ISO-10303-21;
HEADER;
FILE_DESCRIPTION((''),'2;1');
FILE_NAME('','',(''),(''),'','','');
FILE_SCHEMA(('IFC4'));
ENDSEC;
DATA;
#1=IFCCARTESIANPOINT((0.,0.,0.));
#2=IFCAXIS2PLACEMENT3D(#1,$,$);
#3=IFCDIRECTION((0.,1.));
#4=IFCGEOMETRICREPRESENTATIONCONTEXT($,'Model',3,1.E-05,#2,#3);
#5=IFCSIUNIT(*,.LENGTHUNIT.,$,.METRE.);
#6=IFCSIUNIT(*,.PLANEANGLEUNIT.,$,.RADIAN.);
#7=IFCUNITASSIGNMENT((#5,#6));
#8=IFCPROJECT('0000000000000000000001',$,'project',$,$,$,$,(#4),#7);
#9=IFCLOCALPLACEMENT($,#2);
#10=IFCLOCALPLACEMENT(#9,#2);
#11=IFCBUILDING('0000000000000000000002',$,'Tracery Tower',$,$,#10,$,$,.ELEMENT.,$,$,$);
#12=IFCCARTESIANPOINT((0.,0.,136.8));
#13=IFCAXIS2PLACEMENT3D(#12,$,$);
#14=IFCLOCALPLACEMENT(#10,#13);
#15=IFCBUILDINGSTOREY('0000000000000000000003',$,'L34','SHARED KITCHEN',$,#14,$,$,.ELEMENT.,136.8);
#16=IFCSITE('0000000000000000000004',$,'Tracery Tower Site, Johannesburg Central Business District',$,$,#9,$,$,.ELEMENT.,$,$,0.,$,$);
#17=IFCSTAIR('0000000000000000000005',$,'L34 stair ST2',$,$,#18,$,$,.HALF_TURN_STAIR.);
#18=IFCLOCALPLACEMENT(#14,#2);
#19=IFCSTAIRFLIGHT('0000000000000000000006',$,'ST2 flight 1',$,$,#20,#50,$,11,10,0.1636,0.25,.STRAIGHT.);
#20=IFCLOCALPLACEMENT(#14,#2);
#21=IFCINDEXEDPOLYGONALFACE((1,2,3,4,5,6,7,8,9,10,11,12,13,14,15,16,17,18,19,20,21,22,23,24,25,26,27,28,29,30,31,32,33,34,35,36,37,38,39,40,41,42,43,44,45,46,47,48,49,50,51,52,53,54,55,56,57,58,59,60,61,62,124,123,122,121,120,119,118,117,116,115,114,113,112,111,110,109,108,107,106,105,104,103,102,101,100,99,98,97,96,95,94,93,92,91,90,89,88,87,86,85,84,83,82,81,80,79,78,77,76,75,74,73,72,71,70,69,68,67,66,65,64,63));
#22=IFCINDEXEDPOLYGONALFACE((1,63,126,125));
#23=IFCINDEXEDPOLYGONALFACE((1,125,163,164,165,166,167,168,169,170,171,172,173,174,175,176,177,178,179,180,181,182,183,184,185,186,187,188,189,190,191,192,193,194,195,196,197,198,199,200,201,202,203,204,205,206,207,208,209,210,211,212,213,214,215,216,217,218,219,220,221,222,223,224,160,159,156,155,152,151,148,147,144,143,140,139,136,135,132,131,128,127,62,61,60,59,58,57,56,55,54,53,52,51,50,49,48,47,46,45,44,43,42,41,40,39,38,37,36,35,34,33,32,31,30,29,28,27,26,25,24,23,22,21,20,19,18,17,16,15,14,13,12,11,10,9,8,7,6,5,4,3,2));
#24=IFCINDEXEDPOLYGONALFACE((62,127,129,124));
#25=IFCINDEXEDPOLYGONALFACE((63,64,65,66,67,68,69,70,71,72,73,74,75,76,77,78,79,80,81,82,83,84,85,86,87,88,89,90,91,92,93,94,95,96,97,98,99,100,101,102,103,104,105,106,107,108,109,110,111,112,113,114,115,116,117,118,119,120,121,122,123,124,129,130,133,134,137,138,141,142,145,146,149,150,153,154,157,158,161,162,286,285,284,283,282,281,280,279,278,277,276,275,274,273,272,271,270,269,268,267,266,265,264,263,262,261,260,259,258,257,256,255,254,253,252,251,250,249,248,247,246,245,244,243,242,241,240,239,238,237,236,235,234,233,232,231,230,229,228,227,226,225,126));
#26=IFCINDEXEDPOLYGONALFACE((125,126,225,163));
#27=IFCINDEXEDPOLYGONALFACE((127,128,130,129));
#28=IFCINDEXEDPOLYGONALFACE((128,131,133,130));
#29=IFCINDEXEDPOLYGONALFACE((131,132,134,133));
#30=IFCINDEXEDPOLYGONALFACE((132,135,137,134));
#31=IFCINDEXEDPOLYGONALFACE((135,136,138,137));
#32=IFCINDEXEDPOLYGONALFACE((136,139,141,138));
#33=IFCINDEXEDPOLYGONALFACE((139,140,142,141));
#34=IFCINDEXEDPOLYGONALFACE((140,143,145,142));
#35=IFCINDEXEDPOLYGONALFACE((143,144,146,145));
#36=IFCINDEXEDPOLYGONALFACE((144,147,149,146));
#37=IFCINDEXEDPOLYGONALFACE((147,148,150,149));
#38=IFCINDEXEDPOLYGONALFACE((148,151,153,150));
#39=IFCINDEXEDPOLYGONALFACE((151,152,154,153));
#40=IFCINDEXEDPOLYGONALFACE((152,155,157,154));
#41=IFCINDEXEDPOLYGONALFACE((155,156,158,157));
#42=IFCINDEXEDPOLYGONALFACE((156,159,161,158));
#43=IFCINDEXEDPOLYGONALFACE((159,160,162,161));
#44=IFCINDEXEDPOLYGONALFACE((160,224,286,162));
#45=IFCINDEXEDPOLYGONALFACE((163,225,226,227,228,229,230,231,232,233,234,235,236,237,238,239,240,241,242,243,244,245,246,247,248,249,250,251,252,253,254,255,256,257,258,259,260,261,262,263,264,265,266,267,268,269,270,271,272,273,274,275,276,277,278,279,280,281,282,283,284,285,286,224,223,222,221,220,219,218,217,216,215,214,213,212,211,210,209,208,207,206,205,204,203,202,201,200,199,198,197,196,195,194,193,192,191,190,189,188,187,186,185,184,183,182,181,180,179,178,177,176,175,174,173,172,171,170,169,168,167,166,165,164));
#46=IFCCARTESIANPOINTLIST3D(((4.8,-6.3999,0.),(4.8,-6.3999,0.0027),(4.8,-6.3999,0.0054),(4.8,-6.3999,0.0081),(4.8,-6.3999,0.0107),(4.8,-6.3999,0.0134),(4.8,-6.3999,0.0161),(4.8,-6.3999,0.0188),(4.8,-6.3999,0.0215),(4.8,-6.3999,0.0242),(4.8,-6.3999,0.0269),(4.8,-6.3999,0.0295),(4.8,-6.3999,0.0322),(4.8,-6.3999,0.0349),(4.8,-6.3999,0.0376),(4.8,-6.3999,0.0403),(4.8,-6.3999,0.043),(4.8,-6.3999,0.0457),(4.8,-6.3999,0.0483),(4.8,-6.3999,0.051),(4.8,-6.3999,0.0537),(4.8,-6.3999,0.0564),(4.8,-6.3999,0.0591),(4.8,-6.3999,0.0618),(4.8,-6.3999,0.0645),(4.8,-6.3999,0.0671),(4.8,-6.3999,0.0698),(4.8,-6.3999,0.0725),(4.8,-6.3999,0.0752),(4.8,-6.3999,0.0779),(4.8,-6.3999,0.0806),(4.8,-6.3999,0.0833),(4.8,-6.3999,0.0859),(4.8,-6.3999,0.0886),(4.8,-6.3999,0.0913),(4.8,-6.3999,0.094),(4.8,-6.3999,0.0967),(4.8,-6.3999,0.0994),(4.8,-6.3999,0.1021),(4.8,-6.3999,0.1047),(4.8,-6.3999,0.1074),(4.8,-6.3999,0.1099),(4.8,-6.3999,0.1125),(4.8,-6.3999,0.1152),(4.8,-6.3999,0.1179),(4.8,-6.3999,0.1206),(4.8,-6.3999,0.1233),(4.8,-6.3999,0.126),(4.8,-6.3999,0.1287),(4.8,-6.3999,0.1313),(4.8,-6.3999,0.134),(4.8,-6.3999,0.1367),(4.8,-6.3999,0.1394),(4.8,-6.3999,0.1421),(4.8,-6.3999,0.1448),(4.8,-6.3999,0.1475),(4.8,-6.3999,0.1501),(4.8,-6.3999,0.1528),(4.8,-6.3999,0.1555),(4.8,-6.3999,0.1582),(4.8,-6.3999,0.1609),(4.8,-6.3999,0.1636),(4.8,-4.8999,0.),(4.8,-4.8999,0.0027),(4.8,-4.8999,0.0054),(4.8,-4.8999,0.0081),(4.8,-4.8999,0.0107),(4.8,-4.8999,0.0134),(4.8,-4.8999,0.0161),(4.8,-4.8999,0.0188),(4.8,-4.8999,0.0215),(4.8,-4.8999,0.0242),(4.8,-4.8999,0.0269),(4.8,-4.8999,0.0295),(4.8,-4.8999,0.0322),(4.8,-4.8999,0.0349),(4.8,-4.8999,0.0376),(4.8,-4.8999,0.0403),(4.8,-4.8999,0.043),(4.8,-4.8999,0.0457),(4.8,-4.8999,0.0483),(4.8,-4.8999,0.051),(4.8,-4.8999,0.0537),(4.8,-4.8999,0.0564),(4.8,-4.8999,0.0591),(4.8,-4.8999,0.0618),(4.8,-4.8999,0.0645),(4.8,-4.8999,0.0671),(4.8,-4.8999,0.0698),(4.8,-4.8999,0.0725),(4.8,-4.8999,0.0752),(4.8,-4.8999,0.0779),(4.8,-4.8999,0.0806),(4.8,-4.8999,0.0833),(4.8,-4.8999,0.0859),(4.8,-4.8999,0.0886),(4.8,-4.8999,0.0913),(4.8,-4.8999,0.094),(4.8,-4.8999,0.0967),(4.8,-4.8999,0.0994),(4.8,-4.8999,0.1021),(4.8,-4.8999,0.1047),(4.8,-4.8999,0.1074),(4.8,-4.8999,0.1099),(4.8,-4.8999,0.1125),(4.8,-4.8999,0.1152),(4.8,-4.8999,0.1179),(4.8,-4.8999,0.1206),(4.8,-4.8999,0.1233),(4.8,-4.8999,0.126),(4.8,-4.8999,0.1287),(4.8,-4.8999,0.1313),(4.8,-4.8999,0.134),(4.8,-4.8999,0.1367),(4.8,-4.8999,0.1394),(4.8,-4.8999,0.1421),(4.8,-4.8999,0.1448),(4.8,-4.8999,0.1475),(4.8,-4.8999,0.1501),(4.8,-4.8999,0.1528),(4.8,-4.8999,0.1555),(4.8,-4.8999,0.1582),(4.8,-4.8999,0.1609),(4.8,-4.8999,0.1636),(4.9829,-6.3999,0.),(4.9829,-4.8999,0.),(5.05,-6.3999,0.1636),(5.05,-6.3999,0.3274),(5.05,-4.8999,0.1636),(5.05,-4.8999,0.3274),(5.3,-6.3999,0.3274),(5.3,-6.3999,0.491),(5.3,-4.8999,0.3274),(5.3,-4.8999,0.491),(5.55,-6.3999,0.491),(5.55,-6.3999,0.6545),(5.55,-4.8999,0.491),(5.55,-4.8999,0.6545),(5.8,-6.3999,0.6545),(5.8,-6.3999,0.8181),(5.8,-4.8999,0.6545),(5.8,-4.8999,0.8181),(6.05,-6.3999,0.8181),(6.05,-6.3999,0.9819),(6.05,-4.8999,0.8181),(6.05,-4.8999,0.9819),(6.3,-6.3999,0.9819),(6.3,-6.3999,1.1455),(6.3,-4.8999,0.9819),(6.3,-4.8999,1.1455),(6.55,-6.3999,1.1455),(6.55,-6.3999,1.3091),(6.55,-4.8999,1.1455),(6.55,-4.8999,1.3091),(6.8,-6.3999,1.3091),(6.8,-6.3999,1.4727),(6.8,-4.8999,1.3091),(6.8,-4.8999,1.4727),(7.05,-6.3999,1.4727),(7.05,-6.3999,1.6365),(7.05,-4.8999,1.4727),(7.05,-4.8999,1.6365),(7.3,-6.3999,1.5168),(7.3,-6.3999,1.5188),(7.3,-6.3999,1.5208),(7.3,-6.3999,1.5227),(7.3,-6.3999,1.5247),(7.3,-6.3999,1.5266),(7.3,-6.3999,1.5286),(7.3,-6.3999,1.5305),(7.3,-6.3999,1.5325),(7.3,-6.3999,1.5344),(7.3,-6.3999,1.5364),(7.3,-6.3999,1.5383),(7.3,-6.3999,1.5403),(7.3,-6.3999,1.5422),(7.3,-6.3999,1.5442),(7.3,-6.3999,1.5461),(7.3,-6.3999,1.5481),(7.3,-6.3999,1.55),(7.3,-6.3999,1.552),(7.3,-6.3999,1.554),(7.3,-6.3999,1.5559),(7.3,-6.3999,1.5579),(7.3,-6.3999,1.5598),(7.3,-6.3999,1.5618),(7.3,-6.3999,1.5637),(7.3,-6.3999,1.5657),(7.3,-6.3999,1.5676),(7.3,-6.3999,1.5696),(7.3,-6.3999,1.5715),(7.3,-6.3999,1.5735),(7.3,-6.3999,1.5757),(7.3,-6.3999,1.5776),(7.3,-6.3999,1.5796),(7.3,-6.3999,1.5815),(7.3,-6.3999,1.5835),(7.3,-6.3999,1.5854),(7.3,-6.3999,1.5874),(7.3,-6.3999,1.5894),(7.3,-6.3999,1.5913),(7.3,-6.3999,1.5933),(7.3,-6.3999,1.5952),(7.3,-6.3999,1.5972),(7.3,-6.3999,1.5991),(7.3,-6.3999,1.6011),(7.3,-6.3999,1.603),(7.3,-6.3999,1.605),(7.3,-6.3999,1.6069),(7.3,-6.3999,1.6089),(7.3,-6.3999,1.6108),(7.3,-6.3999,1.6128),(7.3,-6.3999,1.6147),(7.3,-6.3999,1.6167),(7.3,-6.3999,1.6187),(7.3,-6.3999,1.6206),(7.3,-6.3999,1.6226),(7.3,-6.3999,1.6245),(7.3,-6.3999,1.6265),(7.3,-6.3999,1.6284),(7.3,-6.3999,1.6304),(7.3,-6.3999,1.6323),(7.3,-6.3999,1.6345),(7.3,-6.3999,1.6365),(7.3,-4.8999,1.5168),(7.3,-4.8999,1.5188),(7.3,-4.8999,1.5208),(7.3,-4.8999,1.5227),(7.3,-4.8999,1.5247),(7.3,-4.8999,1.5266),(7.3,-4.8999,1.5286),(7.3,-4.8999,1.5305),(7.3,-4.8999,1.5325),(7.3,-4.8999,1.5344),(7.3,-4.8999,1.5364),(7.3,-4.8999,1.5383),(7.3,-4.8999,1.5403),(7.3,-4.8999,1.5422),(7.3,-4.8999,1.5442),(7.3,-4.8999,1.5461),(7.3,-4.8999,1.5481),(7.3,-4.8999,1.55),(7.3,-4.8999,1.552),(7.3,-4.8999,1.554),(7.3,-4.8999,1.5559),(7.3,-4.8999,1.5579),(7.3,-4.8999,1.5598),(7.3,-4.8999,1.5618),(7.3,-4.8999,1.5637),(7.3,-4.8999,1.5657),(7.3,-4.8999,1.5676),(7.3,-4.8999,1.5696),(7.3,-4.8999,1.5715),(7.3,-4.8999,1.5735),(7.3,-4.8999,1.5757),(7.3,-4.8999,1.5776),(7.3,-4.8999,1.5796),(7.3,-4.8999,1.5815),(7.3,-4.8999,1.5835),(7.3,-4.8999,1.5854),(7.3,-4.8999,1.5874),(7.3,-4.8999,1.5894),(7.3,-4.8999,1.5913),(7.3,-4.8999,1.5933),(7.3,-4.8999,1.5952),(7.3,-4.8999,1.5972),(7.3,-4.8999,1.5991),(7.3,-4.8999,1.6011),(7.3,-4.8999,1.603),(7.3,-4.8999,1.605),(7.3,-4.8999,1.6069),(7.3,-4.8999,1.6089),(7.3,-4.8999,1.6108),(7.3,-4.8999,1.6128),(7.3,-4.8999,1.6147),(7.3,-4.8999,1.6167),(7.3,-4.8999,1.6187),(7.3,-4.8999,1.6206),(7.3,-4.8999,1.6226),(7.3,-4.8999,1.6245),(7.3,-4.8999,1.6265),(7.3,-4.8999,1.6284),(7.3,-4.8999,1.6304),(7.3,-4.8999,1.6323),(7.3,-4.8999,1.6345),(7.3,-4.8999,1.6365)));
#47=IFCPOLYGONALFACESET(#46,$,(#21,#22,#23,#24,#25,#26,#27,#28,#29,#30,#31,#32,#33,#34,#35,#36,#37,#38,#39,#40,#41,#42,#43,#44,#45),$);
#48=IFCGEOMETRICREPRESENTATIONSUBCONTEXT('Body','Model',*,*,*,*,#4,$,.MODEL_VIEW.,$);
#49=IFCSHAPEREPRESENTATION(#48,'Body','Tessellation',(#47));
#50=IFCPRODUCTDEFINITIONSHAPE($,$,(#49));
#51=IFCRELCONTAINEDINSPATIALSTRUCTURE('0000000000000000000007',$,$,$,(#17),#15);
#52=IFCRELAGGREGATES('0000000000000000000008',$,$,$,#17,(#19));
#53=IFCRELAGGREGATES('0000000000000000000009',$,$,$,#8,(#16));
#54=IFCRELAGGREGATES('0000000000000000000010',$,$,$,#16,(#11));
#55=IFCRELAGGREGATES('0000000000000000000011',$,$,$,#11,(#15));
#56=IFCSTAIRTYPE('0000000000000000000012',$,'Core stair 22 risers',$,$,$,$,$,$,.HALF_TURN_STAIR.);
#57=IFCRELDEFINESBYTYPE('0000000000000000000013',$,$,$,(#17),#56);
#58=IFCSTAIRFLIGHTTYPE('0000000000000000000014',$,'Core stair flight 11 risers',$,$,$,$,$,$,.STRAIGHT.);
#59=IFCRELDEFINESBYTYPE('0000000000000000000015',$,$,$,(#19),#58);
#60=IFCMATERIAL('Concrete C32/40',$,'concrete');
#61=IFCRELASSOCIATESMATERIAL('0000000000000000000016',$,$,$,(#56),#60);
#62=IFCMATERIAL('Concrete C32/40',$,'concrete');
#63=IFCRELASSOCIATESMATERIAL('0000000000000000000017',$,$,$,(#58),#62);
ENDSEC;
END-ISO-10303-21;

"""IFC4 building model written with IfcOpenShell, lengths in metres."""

from ifc_helpers import new_model, si_unit, direction, frame, origin, place, context, subcontext, project, spatial, polyline, outline, extrude, material, type_object, element, aggregate, save


model = new_model("IFC4")

# Units and contexts
model_context = context("Model", 3, precision=1e-05, world=origin(), true_north=direction((0.0, 1.0)))
body_context = subcontext(model_context, "Body", "Model", "MODEL_VIEW")
ifc_project = project(units=[si_unit("LENGTHUNIT", "METRE"), si_unit("PLANEANGLEUNIT", "RADIAN")], contexts=[model_context])

# Site, building, storey
site_placement = place(None, origin())
site = spatial("IfcSite", under=ifc_project, at=site_placement, Name="Tracery Tower Site, Johannesburg Central Business District", CompositionType="ELEMENT", RefElevation=0.0)
building_placement = place(site_placement, origin())
building = spatial("IfcBuilding", under=site, at=building_placement, Name="Tracery Tower", CompositionType="ELEMENT")
storey_placement = place(building_placement, frame((0.0, 0.0, 136.8)))
storey = spatial("IfcBuildingStorey", under=building, at=storey_placement, Name="L34", Description="SHARED KITCHEN", CompositionType="ELEMENT", Elevation=136.8)

# Stair, stair flight
ifc_material_1 = material(Name="Concrete C32/40", Category="concrete")
stair_type = type_object("IfcStairType", Name="Core stair 22 risers", PredefinedType="HALF_TURN_STAIR", material=ifc_material_1)
stair_placement = place(storey_placement, origin())
stair = element("IfcStair", 1, at=stair_placement, inside=storey, type_object=stair_type, Name="L34 stair ST2", PredefinedType="HALF_TURN_STAIR")
ifc_material_2 = material(Name="Concrete C32/40", Category="concrete")
stair_flight_type = type_object("IfcStairFlightType", Name="Core stair flight 11 risers", PredefinedType="STRAIGHT", material=ifc_material_2)
stair_flight_1_placement = place(storey_placement, frame((4.8, -5.6499, 0.0), z_axis=(0.0, 0.0, 1.0), x_axis=(1.0, 0.0, 0.0)))
stair_flight_1 = element("IfcStairFlight", 2, at=stair_flight_1_placement, type_object=stair_flight_type, Name="ST2 flight 1", NumberOfRisers=11, NumberOfTreads=10, PredefinedType="STRAIGHT", RiserHeight=0.1636, TreadLength=0.25, context=body_context, shape_type="SweptSolid", body=[
    extrude(outline(polyline([(0.0, 0.0), (0.0, 0.0027), (0.0, 0.0054), (0.0, 0.0081), (0.0, 0.0107), (0.0, 0.0134), (0.0, 0.0161), (0.0, 0.0188), (0.0, 0.0215), (0.0, 0.0242), (0.0, 0.0269), (0.0, 0.0295), (0.0, 0.0322), (0.0, 0.0349), (0.0, 0.0376), (0.0, 0.0403), (0.0, 0.043), (0.0, 0.0457), (0.0, 0.0483), (0.0, 0.051), (0.0, 0.0537), (0.0, 0.0564), (0.0, 0.0591), (0.0, 0.0618), (0.0, 0.0645), (0.0, 0.0671), (0.0, 0.0698), (0.0, 0.0725), (0.0, 0.0752), (0.0, 0.0779), (0.0, 0.0806), (0.0, 0.0833), (0.0, 0.0859), (0.0, 0.0886), (0.0, 0.0913), (0.0, 0.094), (0.0, 0.0967), (0.0, 0.0994), (0.0, 0.1021), (0.0, 0.1047), (0.0, 0.1074), (0.0, 0.1099), (0.0, 0.1125), (0.0, 0.1152), (0.0, 0.1179), (0.0, 0.1206), (0.0, 0.1233), (0.0, 0.126), (0.0, 0.1287), (0.0, 0.1313), (0.0, 0.134), (0.0, 0.1367), (0.0, 0.1394), (0.0, 0.1421), (0.0, 0.1448), (0.0, 0.1475), (0.0, 0.1501), (0.0, 0.1528), (0.0, 0.1555), (0.0, 0.1582), (0.0, 0.1609), (0.0, 0.1636), (0.25, 0.1636), (0.25, 0.3274), (0.5, 0.3274), (0.5, 0.491), (0.75, 0.491), (0.75, 0.6545), (1.0, 0.6545), (1.0, 0.8181), (1.25, 0.8181), (1.25, 0.9819), (1.5, 0.9819), (1.5, 1.1455), (1.75, 1.1455), (1.75, 1.3091), (2.0, 1.3091), (2.0, 1.4727), (2.25, 1.4727), (2.25, 1.6365), (2.5, 1.6365), (2.5, 1.6345), (2.5, 1.6323), (2.5, 1.6304), (2.5, 1.6284), (2.5, 1.6265), (2.5, 1.6245), (2.5, 1.6226), (2.5, 1.6206), (2.5, 1.6187), (2.5, 1.6167), (2.5, 1.6147), (2.5, 1.6128), (2.5, 1.6108), (2.5, 1.6089), (2.5, 1.6069), (2.5, 1.605), (2.5, 1.603), (2.5, 1.6011), (2.5, 1.5991), (2.5, 1.5972), (2.5, 1.5952), (2.5, 1.5933), (2.5, 1.5913), (2.5, 1.5894), (2.5, 1.5874), (2.5, 1.5854), (2.5, 1.5835), (2.5, 1.5815), (2.5, 1.5796), (2.5, 1.5776), (2.5, 1.5757), (2.5, 1.5735), (2.5, 1.5715), (2.5, 1.5696), (2.5, 1.5676), (2.5, 1.5657), (2.5, 1.5637), (2.5, 1.5618), (2.5, 1.5598), (2.5, 1.5579), (2.5, 1.5559), (2.5, 1.554), (2.5, 1.552), (2.5, 1.55), (2.5, 1.5481), (2.5, 1.5461), (2.5, 1.5442), (2.5, 1.5422), (2.5, 1.5403), (2.5, 1.5383), (2.5, 1.5364), (2.5, 1.5344), (2.5, 1.5325), (2.5, 1.5305), (2.5, 1.5286), (2.5, 1.5266), (2.5, 1.5247), (2.5, 1.5227), (2.5, 1.5208), (2.5, 1.5188), (2.5, 1.5168), (0.1829, 0.0), (0.0, 0.0)])), frame((0.0, 0.75, 0.0), z_axis=(0.0, -1.0, 0.0), x_axis=(1.0, 0.0, 0.0)), (0.0, 0.0, 1.0), 1.5),
])
aggregate(stair, [stair_flight_1])

save(model, "model.ifc")
